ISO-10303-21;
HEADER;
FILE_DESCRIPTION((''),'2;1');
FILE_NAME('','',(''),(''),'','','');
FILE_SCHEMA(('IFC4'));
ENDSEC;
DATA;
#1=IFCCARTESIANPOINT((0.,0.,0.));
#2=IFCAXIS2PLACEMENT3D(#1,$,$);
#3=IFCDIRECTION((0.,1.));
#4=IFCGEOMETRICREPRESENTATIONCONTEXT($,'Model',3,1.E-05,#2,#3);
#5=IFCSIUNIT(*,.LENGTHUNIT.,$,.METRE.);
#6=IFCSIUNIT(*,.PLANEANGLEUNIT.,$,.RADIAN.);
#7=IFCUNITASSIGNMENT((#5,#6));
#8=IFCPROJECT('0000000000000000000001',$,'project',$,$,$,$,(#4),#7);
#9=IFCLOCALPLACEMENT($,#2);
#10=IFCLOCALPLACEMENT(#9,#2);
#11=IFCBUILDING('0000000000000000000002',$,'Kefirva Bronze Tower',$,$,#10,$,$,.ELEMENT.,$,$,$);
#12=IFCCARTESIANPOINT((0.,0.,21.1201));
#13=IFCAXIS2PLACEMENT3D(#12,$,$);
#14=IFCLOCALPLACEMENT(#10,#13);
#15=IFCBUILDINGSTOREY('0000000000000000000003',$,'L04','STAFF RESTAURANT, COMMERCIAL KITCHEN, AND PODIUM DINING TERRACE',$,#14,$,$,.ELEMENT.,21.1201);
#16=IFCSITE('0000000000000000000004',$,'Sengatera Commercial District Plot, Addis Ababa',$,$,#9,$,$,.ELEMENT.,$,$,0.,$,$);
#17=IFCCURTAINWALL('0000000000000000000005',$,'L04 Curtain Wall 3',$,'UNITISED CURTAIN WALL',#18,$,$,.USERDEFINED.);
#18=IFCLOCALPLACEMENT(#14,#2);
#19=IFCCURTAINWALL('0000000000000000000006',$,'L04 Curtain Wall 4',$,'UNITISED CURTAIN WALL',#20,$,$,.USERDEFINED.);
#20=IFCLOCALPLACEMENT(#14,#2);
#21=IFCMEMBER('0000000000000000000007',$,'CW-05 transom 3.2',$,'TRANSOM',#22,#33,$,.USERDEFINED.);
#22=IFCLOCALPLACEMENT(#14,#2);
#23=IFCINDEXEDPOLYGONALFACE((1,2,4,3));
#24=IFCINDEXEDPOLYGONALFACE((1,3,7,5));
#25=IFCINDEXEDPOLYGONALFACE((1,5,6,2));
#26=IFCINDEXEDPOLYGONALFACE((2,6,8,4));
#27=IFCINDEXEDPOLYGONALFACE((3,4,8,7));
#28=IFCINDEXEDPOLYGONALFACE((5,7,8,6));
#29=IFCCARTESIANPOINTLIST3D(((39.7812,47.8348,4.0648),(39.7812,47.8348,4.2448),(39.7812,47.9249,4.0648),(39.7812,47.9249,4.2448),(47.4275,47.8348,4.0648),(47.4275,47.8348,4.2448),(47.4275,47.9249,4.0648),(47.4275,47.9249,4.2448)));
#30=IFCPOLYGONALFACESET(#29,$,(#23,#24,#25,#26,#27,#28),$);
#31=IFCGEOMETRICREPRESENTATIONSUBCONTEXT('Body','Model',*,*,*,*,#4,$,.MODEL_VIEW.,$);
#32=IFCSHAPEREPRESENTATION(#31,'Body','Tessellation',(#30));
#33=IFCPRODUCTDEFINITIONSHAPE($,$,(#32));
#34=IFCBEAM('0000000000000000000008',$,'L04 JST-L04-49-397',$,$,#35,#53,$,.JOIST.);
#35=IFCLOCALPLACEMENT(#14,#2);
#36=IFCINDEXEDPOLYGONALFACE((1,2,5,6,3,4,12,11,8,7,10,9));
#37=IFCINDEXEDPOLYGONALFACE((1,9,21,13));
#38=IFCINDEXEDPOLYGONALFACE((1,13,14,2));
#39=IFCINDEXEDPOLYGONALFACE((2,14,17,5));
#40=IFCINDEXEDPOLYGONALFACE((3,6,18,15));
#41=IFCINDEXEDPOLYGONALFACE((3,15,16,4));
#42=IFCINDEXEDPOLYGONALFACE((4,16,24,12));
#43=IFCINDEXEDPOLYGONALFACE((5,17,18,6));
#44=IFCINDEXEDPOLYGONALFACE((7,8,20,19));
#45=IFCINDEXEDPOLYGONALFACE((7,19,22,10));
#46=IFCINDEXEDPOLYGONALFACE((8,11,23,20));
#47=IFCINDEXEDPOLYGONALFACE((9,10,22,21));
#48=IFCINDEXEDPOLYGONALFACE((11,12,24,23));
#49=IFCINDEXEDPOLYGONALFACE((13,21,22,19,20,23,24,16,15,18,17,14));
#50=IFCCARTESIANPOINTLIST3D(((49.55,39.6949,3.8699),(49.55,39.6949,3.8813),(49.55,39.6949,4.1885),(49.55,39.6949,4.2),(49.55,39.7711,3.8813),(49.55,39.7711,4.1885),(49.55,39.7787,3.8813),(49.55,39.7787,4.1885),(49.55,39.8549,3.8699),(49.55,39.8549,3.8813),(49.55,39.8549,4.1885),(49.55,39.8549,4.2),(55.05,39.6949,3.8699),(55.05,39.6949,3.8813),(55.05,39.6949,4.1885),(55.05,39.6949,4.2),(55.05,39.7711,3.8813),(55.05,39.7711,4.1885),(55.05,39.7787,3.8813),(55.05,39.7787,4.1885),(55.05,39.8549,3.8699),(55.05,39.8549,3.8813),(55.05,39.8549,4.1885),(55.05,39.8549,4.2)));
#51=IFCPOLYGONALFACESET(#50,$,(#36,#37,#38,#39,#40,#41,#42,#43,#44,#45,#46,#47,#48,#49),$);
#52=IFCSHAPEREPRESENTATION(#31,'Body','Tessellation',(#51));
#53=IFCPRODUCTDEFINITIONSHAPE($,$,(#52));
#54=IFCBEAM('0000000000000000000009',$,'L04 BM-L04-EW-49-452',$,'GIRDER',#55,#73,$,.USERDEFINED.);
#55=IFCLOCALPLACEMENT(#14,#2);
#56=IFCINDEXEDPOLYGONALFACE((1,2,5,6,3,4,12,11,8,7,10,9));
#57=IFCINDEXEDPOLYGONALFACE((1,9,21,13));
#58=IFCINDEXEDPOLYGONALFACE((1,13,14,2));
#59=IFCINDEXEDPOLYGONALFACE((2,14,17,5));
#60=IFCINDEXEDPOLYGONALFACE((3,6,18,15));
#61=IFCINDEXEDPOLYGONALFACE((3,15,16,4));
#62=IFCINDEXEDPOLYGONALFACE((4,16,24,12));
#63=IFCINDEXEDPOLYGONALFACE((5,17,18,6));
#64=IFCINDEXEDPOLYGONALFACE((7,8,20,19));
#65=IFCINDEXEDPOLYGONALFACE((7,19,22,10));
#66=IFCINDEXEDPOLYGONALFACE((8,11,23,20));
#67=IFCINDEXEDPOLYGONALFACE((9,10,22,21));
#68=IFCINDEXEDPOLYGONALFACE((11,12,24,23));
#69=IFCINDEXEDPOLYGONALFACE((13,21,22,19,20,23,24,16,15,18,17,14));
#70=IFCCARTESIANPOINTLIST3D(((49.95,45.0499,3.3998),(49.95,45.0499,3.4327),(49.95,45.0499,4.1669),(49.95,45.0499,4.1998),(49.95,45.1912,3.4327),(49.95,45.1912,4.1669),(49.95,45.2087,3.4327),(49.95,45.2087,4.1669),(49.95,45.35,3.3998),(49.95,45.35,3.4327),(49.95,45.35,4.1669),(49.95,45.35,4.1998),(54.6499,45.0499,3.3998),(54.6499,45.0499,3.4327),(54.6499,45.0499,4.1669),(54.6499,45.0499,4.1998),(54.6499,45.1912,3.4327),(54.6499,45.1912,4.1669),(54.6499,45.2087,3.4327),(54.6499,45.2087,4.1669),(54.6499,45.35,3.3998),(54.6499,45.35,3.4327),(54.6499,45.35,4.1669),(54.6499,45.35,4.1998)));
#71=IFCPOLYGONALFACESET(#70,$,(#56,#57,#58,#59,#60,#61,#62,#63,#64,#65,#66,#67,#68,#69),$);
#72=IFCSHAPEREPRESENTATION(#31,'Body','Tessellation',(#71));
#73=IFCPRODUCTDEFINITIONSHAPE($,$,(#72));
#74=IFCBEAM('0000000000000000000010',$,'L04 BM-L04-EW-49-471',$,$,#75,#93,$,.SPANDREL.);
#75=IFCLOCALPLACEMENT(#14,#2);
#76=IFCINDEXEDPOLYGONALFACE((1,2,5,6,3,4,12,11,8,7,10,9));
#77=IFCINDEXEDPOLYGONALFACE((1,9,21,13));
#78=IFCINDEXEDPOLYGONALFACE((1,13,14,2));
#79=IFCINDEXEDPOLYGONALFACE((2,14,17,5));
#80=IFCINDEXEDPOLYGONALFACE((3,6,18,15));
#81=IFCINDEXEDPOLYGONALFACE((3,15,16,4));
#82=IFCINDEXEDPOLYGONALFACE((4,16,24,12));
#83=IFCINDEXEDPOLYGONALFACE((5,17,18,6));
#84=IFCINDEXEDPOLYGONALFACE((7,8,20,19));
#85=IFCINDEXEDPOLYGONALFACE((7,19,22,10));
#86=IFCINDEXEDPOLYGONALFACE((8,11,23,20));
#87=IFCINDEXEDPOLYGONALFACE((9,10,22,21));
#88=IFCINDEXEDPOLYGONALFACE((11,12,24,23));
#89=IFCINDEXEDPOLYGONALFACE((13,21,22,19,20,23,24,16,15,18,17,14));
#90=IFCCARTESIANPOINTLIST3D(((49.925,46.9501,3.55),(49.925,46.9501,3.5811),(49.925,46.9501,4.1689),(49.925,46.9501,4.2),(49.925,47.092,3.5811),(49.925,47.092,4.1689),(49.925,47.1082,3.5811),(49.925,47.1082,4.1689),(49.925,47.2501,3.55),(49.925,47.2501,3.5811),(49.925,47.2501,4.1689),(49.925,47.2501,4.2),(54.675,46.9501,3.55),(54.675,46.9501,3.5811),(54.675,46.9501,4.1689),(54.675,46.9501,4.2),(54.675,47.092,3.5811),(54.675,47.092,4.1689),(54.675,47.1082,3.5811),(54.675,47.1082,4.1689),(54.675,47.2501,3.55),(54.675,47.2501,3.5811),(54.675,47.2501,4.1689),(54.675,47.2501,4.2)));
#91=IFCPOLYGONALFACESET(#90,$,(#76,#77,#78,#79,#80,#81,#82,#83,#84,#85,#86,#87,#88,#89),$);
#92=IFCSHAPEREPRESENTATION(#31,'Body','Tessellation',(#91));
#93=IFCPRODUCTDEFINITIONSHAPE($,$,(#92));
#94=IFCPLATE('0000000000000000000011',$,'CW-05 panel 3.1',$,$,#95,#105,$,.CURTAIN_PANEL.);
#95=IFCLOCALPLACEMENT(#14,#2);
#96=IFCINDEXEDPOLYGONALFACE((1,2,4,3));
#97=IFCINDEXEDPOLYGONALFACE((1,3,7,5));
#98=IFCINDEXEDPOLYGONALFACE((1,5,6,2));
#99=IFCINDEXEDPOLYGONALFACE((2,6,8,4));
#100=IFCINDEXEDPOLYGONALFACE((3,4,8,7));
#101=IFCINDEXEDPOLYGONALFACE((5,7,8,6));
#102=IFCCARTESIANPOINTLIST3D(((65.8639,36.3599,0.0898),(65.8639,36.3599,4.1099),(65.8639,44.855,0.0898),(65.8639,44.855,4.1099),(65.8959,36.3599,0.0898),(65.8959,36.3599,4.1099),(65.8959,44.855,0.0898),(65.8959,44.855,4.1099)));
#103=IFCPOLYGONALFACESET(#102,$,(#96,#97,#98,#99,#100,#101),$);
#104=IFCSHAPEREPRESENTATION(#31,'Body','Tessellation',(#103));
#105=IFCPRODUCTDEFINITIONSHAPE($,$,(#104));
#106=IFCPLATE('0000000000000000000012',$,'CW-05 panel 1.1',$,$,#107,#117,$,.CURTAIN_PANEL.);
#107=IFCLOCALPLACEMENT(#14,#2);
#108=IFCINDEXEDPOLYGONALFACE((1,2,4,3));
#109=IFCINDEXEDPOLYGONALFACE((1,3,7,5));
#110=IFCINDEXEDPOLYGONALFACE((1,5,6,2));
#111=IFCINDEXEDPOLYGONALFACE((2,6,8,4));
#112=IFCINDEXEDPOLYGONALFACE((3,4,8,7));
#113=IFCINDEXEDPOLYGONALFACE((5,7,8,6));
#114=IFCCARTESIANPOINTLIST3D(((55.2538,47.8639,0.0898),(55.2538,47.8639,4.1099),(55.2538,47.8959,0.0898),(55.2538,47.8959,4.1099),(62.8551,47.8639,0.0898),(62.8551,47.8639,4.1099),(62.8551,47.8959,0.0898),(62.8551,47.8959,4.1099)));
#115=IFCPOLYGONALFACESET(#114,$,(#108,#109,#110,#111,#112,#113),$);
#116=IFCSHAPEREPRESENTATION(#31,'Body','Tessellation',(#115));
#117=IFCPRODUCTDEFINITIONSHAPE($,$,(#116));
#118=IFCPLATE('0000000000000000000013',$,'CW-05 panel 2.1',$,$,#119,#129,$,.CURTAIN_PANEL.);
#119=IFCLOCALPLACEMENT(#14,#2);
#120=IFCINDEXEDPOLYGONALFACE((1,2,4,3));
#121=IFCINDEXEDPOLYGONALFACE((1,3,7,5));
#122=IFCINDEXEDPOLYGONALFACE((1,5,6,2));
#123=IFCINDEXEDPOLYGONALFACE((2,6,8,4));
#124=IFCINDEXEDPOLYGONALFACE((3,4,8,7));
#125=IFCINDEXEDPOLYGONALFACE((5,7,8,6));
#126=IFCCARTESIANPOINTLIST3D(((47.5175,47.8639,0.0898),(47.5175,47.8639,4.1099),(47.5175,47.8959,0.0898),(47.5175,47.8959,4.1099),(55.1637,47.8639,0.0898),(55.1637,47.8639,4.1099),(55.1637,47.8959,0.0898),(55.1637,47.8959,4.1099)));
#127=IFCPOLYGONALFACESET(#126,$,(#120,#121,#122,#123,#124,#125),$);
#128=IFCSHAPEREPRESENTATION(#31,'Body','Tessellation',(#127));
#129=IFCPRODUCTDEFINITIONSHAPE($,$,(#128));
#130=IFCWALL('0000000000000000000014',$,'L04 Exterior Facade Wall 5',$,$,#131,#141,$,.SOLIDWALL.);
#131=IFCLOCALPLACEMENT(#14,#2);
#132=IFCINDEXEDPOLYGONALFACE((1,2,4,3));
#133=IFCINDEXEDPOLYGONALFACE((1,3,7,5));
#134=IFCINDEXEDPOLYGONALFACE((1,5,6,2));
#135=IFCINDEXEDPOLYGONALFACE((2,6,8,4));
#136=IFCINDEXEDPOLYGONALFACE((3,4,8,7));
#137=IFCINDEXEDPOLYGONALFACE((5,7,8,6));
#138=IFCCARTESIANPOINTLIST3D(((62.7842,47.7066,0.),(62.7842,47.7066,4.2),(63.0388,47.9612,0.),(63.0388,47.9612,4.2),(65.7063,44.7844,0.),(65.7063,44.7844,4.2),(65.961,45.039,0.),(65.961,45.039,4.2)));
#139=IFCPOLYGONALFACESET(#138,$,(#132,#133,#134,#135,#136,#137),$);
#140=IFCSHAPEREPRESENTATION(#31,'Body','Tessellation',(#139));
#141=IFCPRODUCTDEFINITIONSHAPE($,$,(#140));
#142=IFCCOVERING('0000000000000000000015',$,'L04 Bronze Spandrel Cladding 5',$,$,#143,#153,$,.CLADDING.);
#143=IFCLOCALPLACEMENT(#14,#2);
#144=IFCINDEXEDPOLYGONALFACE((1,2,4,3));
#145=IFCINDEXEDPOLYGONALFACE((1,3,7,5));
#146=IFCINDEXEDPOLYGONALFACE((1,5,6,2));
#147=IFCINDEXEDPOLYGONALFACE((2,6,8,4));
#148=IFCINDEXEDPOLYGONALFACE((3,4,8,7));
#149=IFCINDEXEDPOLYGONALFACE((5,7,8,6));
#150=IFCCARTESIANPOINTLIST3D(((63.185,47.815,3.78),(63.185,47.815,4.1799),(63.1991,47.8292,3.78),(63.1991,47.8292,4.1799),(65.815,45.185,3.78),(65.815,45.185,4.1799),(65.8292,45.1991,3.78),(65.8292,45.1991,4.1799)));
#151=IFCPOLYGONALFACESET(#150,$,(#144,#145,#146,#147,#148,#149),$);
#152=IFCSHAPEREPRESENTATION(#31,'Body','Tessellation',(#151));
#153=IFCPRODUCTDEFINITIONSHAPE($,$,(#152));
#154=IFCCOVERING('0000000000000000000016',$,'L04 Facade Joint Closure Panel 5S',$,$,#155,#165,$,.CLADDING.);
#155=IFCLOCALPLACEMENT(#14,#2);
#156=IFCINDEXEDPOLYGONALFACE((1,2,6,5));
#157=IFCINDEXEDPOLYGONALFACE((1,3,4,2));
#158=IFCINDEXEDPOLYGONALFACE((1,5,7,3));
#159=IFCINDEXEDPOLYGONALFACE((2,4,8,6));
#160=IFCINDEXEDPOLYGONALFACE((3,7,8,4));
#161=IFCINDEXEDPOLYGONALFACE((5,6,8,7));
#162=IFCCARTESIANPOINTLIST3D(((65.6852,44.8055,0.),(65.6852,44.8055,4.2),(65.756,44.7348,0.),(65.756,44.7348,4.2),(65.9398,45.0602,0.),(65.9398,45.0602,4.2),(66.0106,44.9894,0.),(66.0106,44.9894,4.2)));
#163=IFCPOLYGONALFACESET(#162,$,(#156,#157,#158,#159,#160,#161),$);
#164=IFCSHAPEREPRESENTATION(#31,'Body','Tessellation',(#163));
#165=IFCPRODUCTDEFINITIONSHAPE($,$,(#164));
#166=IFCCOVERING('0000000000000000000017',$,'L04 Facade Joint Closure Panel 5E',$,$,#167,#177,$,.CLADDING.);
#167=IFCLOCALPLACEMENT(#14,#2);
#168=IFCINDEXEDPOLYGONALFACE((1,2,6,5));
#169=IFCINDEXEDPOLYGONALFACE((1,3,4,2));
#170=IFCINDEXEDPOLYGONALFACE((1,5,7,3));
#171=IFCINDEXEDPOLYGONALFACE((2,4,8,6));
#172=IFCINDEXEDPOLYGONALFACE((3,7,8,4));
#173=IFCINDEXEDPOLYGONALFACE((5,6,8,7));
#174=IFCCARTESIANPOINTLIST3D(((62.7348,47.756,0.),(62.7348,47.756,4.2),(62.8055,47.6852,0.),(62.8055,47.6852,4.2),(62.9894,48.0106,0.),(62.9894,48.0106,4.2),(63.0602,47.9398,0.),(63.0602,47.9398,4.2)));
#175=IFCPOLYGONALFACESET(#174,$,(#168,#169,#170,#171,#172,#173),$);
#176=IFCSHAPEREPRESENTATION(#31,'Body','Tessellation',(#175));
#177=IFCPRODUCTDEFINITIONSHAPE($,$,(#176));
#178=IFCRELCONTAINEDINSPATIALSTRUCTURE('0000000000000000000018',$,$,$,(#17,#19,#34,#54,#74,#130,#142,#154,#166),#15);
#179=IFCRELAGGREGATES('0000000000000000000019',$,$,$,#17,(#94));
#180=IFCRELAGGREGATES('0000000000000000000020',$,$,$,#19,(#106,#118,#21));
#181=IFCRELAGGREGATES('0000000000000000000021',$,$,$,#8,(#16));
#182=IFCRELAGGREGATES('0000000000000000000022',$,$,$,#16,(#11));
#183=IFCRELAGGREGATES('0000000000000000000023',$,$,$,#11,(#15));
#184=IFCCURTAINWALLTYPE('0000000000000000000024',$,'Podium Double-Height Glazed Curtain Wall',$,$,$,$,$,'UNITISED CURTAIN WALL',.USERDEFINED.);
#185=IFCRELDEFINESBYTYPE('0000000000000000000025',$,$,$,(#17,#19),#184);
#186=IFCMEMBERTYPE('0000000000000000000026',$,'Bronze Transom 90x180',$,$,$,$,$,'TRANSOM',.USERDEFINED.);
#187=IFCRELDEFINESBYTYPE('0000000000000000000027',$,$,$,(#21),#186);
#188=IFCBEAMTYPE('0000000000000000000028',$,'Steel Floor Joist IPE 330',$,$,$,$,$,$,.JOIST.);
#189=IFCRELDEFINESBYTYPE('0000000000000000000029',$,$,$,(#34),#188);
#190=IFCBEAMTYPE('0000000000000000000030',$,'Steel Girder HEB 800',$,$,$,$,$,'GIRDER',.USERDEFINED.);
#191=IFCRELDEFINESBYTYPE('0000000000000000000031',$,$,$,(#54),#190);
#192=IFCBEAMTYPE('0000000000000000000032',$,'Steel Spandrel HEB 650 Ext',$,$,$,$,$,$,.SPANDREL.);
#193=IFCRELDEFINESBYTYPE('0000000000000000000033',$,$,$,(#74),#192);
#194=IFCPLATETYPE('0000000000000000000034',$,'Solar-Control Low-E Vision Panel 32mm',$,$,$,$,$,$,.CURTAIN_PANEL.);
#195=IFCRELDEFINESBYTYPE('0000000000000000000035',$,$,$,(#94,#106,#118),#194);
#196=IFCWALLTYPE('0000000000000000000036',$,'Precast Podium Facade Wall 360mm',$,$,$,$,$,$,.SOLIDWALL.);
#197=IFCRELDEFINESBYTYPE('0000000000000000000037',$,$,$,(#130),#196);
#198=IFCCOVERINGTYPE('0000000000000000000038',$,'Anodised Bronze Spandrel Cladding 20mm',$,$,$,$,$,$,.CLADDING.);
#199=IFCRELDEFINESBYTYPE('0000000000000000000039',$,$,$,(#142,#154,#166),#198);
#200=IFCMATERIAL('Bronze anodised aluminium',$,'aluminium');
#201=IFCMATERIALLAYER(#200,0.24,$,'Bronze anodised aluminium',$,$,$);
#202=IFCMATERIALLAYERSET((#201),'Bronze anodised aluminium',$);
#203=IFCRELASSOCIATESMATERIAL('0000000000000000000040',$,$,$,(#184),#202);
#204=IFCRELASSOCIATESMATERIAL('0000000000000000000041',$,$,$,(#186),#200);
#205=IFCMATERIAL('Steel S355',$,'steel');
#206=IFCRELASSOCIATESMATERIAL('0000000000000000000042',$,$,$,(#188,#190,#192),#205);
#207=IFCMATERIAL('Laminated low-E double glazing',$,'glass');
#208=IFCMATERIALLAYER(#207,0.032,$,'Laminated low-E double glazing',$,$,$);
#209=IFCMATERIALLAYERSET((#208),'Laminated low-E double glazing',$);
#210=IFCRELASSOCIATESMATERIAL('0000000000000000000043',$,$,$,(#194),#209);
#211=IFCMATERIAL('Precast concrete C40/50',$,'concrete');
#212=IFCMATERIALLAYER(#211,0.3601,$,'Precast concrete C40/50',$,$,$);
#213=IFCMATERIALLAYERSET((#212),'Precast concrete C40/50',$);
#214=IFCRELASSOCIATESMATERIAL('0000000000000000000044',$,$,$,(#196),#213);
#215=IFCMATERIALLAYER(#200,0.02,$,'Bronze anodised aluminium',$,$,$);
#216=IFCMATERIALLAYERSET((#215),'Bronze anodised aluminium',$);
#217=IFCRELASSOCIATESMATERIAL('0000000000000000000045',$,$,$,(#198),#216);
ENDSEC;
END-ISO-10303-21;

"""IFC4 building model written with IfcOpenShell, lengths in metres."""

from ifc_helpers import new_model, si_unit, direction, frame, frame_2d, origin, origin_2d, place, context, subcontext, project, spatial, rectangle, i_section, extrude, material, layer, layer_set, material_profile, profile_set, type_object, element, aggregate, save


model = new_model("IFC4")

# Units and contexts
model_context = context("Model", 3, precision=1e-05, world=origin(), true_north=direction((0.0, 1.0)))
body_context = subcontext(model_context, "Body", "Model", "MODEL_VIEW")
ifc_project = project(units=[si_unit("LENGTHUNIT", "METRE"), si_unit("PLANEANGLEUNIT", "RADIAN")], contexts=[model_context])

# Site, building, storey
site_placement = place(None, origin())
site = spatial("IfcSite", under=ifc_project, at=site_placement, Name="Sengatera Commercial District Plot, Addis Ababa", CompositionType="ELEMENT", RefElevation=0.0)
building_placement = place(site_placement, origin())
building = spatial("IfcBuilding", under=site, at=building_placement, Name="Kefirva Bronze Tower", CompositionType="ELEMENT")
storey_placement = place(building_placement, frame((0.0, 0.0, 21.1201)))
storey = spatial("IfcBuildingStorey", under=building, at=storey_placement, Name="L04", Description="STAFF RESTAURANT, COMMERCIAL KITCHEN, AND PODIUM DINING TERRACE", CompositionType="ELEMENT", Elevation=21.1201)

# Curtain wall
ifc_material_1 = material(Name="Bronze anodised aluminium", Category="aluminium")
ifc_layer_1 = layer(ifc_material_1, 0.24, Name="Bronze anodised aluminium")
ifc_layer_set_1 = layer_set([ifc_layer_1], Name="Bronze anodised aluminium")
curtain_wall_type = type_object("IfcCurtainWallType", Name="Podium Double-Height Glazed Curtain Wall", ElementType="UNITISED CURTAIN WALL", PredefinedType="USERDEFINED", material=ifc_layer_set_1)
curtain_wall_1_placement = place(storey_placement, origin())
curtain_wall_1 = element("IfcCurtainWall", 1, at=curtain_wall_1_placement, inside=storey, type_object=curtain_wall_type, Name="L04 Curtain Wall 3", ObjectType="UNITISED CURTAIN WALL", PredefinedType="USERDEFINED")

# Curtain wall
curtain_wall_2_placement = place(storey_placement, origin())
curtain_wall_2 = element("IfcCurtainWall", 2, at=curtain_wall_2_placement, inside=storey, type_object=curtain_wall_type, Name="L04 Curtain Wall 4", ObjectType="UNITISED CURTAIN WALL", PredefinedType="USERDEFINED")

# Member
ifc_material_profile_1 = material_profile(ifc_material_1, rectangle(XDim=0.0901, YDim=0.1799, at=origin_2d()), Name="ALU 90x180")
ifc_profile_set_1 = profile_set([ifc_material_profile_1], Name="Bronze anodised aluminium")
member_type_1 = type_object("IfcMemberType", Name="Bronze Transom 90x180", ElementType="TRANSOM", PredefinedType="USERDEFINED", material=ifc_profile_set_1)
member_1_placement = place(storey_placement, frame((47.4275, 47.8799, 4.1548), z_axis=(-1.0, 0.0, 0.0), x_axis=(0.0, -1.0, 0.0)))
member_1 = element("IfcMember", 3, at=member_1_placement, type_object=member_type_1, Name="CW-05 transom 3.2", ObjectType="TRANSOM", PredefinedType="USERDEFINED", context=body_context, shape_type="SweptSolid", body=[
    extrude(rectangle(XDim=0.0901, YDim=0.1799, at=origin_2d()), origin(), (0.0, 0.0, 1.0), 7.6462),
])

# Beams
ifc_material_2 = material(Name="Steel S355", Category="steel")
ifc_material_profile_2 = material_profile(ifc_material_2, i_section(OverallWidth=0.1599, OverallDepth=0.3301, WebThickness=0.0076, FlangeThickness=0.0115, at=origin_2d()), Name="IPE 330")
ifc_profile_set_2 = profile_set([ifc_material_profile_2], Name="Steel S355")
beam_type_1 = type_object("IfcBeamType", Name="Steel Floor Joist IPE 330", PredefinedType="JOIST", material=ifc_profile_set_2)
beam_1_placement = place(storey_placement, frame((49.55, 39.7749, 4.0349), z_axis=(1.0, 0.0, 0.0), x_axis=(0.0, 1.0, 0.0)))
element("IfcBeam", 4, at=beam_1_placement, inside=storey, type_object=beam_type_1, Name="L04 JST-L04-49-397", PredefinedType="JOIST", context=body_context, shape_type="SweptSolid", body=[
    extrude(i_section(OverallWidth=0.1599, OverallDepth=0.3301, WebThickness=0.0076, FlangeThickness=0.0115, at=origin_2d()), origin(), (0.0, 0.0, 1.0), 5.5),
])
ifc_material_profile_3 = material_profile(ifc_material_2, i_section(OverallWidth=0.3, OverallDepth=0.8, WebThickness=0.0176, FlangeThickness=0.033, at=origin_2d()), Name="HEB 800")
ifc_profile_set_3 = profile_set([ifc_material_profile_3], Name="Steel S355")
beam_type_2 = type_object("IfcBeamType", Name="Steel Girder HEB 800", ElementType="GIRDER", PredefinedType="USERDEFINED", material=ifc_profile_set_3)
beam_2_placement = place(storey_placement, frame((49.95, 45.2, 3.7998), z_axis=(1.0, 0.0, 0.0), x_axis=(0.0, 1.0, 0.0)))
element("IfcBeam", 5, at=beam_2_placement, inside=storey, type_object=beam_type_2, Name="L04 BM-L04-EW-49-452", ObjectType="GIRDER", PredefinedType="USERDEFINED", context=body_context, shape_type="SweptSolid", body=[
    extrude(i_section(OverallWidth=0.3, OverallDepth=0.8, WebThickness=0.0176, FlangeThickness=0.033, at=origin_2d()), origin(), (0.0, 0.0, 1.0), 4.7),
])
ifc_material_profile_4 = material_profile(ifc_material_2, i_section(OverallWidth=0.3, OverallDepth=0.6499, WebThickness=0.0161, FlangeThickness=0.031, at=origin_2d()), Name="HEB 650")
ifc_profile_set_4 = profile_set([ifc_material_profile_4], Name="Steel S355")
beam_type_3 = type_object("IfcBeamType", Name="Steel Spandrel HEB 650 Ext", PredefinedType="SPANDREL", material=ifc_profile_set_4)
beam_3_placement = place(storey_placement, frame((49.925, 47.1001, 3.875), z_axis=(1.0, 0.0, 0.0), x_axis=(0.0, 1.0, 0.0)))
element("IfcBeam", 6, at=beam_3_placement, inside=storey, type_object=beam_type_3, Name="L04 BM-L04-EW-49-471", PredefinedType="SPANDREL", context=body_context, shape_type="SweptSolid", body=[
    extrude(i_section(OverallWidth=0.3, OverallDepth=0.6499, WebThickness=0.0161, FlangeThickness=0.031, at=origin_2d()), origin(), (0.0, 0.0, 1.0), 4.75),
])

# Plates
ifc_material_3 = material(Name="Laminated low-E double glazing", Category="glass")
ifc_layer_2 = layer(ifc_material_3, 0.032, Name="Laminated low-E double glazing")
ifc_layer_set_2 = layer_set([ifc_layer_2], Name="Laminated low-E double glazing")
plate_type = type_object("IfcPlateType", Name="Solar-Control Low-E Vision Panel 32mm", PredefinedType="CURTAIN_PANEL", material=ifc_layer_set_2)
plate_1_placement = place(storey_placement, frame((65.8799, 40.6074, 0.0898), z_axis=(0.0, 0.0, 1.0), x_axis=(0.0, 1.0, 0.0)))
plate_1 = element("IfcPlate", 7, at=plate_1_placement, type_object=plate_type, Name="CW-05 panel 3.1", PredefinedType="CURTAIN_PANEL", context=body_context, shape_type="SweptSolid", body=[
    extrude(rectangle(XDim=8.4951, YDim=0.032, at=origin_2d()), origin(), (0.0, 0.0, 1.0), 4.02),
])
aggregate(curtain_wall_1, [plate_1])
plate_2_placement = place(storey_placement, frame((59.0544, 47.8799, 0.0898), z_axis=(0.0, 0.0, 1.0), x_axis=(-1.0, 0.0, 0.0)))
plate_2 = element("IfcPlate", 8, at=plate_2_placement, type_object=plate_type, Name="CW-05 panel 1.1", PredefinedType="CURTAIN_PANEL", context=body_context, shape_type="SweptSolid", body=[
    extrude(rectangle(XDim=7.6013, YDim=0.032, at=origin_2d()), origin(), (0.0, 0.0, 1.0), 4.02),
])
plate_3_placement = place(storey_placement, frame((51.3406, 47.8799, 0.0898), z_axis=(0.0, 0.0, 1.0), x_axis=(-1.0, 0.0, 0.0)))
plate_3 = element("IfcPlate", 9, at=plate_3_placement, type_object=plate_type, Name="CW-05 panel 2.1", PredefinedType="CURTAIN_PANEL", context=body_context, shape_type="SweptSolid", body=[
    extrude(rectangle(XDim=7.6462, YDim=0.032, at=origin_2d()), origin(), (0.0, 0.0, 1.0), 4.02),
])
aggregate(curtain_wall_2, [plate_2, plate_3, member_1])

# Wall
ifc_material_4 = material(Name="Precast concrete C40/50", Category="concrete")
ifc_layer_3 = layer(ifc_material_4, 0.3601, Name="Precast concrete C40/50")
ifc_layer_set_3 = layer_set([ifc_layer_3], Name="Precast concrete C40/50")
wall_type = type_object("IfcWallType", Name="Precast Podium Facade Wall 360mm", PredefinedType="SOLIDWALL", material=ifc_layer_set_3)
wall_placement = place(storey_placement, frame((65.8337, 44.9116, 0.0), z_axis=(0.0, 0.0, 1.0), x_axis=(-0.707107, 0.707107, 0.0)))
element("IfcWall", 10, at=wall_placement, inside=storey, type_object=wall_type, Name="L04 Exterior Facade Wall 5", PredefinedType="SOLIDWALL", context=body_context, shape_type="SweptSolid", body=[
    extrude(rectangle(XDim=4.1326, YDim=0.3601, at=frame_2d((2.0664, 0.0))), origin(), (0.0, 0.0, 1.0), 4.2),
])

# Coverings
ifc_layer_4 = layer(ifc_material_1, 0.02, Name="Bronze anodised aluminium")
ifc_layer_set_4 = layer_set([ifc_layer_4], Name="Bronze anodised aluminium")
covering_type_1 = type_object("IfcCoveringType", Name="Anodised Bronze Spandrel Cladding 20mm", PredefinedType="CLADDING", material=ifc_layer_set_4)
covering_1_placement = place(storey_placement, frame((64.5071, 46.5071, 3.78), z_axis=(0.0, 0.0, 1.0), x_axis=(-0.707107, 0.707107, 0.0)))
element("IfcCovering", 11, at=covering_1_placement, inside=storey, type_object=covering_type_1, Name="L04 Bronze Spandrel Cladding 5", PredefinedType="CLADDING", context=body_context, shape_type="SweptSolid", body=[
    extrude(rectangle(XDim=3.7195, YDim=0.02, at=origin_2d()), origin(), (0.0, 0.0, 1.0), 0.3999),
])
for number, where, z_axis, x_axis, name in (
    (12, (65.8479, 44.8975, 0.0), (0.0, 0.0, 1.0), (-0.707107, 0.707107, 0.0), "L04 Facade Joint Closure Panel 5S"),
    (13, (62.8975, 47.8479, 0.0), (0.0, 0.0, 1.0), (-0.707107, 0.707107, 0.0), "L04 Facade Joint Closure Panel 5E"),
):
    element("IfcCovering", number, at=place(storey_placement, frame(where, z_axis=z_axis, x_axis=x_axis)), inside=storey, type_object=covering_type_1, Name=name, PredefinedType="CLADDING", context=body_context, shape_type="SweptSolid", body=[
        extrude(rectangle(XDim=0.1001, YDim=0.3601, at=origin_2d()), origin(), (0.0, 0.0, 1.0), 4.2),
    ])

save(model, "model.ifc")
